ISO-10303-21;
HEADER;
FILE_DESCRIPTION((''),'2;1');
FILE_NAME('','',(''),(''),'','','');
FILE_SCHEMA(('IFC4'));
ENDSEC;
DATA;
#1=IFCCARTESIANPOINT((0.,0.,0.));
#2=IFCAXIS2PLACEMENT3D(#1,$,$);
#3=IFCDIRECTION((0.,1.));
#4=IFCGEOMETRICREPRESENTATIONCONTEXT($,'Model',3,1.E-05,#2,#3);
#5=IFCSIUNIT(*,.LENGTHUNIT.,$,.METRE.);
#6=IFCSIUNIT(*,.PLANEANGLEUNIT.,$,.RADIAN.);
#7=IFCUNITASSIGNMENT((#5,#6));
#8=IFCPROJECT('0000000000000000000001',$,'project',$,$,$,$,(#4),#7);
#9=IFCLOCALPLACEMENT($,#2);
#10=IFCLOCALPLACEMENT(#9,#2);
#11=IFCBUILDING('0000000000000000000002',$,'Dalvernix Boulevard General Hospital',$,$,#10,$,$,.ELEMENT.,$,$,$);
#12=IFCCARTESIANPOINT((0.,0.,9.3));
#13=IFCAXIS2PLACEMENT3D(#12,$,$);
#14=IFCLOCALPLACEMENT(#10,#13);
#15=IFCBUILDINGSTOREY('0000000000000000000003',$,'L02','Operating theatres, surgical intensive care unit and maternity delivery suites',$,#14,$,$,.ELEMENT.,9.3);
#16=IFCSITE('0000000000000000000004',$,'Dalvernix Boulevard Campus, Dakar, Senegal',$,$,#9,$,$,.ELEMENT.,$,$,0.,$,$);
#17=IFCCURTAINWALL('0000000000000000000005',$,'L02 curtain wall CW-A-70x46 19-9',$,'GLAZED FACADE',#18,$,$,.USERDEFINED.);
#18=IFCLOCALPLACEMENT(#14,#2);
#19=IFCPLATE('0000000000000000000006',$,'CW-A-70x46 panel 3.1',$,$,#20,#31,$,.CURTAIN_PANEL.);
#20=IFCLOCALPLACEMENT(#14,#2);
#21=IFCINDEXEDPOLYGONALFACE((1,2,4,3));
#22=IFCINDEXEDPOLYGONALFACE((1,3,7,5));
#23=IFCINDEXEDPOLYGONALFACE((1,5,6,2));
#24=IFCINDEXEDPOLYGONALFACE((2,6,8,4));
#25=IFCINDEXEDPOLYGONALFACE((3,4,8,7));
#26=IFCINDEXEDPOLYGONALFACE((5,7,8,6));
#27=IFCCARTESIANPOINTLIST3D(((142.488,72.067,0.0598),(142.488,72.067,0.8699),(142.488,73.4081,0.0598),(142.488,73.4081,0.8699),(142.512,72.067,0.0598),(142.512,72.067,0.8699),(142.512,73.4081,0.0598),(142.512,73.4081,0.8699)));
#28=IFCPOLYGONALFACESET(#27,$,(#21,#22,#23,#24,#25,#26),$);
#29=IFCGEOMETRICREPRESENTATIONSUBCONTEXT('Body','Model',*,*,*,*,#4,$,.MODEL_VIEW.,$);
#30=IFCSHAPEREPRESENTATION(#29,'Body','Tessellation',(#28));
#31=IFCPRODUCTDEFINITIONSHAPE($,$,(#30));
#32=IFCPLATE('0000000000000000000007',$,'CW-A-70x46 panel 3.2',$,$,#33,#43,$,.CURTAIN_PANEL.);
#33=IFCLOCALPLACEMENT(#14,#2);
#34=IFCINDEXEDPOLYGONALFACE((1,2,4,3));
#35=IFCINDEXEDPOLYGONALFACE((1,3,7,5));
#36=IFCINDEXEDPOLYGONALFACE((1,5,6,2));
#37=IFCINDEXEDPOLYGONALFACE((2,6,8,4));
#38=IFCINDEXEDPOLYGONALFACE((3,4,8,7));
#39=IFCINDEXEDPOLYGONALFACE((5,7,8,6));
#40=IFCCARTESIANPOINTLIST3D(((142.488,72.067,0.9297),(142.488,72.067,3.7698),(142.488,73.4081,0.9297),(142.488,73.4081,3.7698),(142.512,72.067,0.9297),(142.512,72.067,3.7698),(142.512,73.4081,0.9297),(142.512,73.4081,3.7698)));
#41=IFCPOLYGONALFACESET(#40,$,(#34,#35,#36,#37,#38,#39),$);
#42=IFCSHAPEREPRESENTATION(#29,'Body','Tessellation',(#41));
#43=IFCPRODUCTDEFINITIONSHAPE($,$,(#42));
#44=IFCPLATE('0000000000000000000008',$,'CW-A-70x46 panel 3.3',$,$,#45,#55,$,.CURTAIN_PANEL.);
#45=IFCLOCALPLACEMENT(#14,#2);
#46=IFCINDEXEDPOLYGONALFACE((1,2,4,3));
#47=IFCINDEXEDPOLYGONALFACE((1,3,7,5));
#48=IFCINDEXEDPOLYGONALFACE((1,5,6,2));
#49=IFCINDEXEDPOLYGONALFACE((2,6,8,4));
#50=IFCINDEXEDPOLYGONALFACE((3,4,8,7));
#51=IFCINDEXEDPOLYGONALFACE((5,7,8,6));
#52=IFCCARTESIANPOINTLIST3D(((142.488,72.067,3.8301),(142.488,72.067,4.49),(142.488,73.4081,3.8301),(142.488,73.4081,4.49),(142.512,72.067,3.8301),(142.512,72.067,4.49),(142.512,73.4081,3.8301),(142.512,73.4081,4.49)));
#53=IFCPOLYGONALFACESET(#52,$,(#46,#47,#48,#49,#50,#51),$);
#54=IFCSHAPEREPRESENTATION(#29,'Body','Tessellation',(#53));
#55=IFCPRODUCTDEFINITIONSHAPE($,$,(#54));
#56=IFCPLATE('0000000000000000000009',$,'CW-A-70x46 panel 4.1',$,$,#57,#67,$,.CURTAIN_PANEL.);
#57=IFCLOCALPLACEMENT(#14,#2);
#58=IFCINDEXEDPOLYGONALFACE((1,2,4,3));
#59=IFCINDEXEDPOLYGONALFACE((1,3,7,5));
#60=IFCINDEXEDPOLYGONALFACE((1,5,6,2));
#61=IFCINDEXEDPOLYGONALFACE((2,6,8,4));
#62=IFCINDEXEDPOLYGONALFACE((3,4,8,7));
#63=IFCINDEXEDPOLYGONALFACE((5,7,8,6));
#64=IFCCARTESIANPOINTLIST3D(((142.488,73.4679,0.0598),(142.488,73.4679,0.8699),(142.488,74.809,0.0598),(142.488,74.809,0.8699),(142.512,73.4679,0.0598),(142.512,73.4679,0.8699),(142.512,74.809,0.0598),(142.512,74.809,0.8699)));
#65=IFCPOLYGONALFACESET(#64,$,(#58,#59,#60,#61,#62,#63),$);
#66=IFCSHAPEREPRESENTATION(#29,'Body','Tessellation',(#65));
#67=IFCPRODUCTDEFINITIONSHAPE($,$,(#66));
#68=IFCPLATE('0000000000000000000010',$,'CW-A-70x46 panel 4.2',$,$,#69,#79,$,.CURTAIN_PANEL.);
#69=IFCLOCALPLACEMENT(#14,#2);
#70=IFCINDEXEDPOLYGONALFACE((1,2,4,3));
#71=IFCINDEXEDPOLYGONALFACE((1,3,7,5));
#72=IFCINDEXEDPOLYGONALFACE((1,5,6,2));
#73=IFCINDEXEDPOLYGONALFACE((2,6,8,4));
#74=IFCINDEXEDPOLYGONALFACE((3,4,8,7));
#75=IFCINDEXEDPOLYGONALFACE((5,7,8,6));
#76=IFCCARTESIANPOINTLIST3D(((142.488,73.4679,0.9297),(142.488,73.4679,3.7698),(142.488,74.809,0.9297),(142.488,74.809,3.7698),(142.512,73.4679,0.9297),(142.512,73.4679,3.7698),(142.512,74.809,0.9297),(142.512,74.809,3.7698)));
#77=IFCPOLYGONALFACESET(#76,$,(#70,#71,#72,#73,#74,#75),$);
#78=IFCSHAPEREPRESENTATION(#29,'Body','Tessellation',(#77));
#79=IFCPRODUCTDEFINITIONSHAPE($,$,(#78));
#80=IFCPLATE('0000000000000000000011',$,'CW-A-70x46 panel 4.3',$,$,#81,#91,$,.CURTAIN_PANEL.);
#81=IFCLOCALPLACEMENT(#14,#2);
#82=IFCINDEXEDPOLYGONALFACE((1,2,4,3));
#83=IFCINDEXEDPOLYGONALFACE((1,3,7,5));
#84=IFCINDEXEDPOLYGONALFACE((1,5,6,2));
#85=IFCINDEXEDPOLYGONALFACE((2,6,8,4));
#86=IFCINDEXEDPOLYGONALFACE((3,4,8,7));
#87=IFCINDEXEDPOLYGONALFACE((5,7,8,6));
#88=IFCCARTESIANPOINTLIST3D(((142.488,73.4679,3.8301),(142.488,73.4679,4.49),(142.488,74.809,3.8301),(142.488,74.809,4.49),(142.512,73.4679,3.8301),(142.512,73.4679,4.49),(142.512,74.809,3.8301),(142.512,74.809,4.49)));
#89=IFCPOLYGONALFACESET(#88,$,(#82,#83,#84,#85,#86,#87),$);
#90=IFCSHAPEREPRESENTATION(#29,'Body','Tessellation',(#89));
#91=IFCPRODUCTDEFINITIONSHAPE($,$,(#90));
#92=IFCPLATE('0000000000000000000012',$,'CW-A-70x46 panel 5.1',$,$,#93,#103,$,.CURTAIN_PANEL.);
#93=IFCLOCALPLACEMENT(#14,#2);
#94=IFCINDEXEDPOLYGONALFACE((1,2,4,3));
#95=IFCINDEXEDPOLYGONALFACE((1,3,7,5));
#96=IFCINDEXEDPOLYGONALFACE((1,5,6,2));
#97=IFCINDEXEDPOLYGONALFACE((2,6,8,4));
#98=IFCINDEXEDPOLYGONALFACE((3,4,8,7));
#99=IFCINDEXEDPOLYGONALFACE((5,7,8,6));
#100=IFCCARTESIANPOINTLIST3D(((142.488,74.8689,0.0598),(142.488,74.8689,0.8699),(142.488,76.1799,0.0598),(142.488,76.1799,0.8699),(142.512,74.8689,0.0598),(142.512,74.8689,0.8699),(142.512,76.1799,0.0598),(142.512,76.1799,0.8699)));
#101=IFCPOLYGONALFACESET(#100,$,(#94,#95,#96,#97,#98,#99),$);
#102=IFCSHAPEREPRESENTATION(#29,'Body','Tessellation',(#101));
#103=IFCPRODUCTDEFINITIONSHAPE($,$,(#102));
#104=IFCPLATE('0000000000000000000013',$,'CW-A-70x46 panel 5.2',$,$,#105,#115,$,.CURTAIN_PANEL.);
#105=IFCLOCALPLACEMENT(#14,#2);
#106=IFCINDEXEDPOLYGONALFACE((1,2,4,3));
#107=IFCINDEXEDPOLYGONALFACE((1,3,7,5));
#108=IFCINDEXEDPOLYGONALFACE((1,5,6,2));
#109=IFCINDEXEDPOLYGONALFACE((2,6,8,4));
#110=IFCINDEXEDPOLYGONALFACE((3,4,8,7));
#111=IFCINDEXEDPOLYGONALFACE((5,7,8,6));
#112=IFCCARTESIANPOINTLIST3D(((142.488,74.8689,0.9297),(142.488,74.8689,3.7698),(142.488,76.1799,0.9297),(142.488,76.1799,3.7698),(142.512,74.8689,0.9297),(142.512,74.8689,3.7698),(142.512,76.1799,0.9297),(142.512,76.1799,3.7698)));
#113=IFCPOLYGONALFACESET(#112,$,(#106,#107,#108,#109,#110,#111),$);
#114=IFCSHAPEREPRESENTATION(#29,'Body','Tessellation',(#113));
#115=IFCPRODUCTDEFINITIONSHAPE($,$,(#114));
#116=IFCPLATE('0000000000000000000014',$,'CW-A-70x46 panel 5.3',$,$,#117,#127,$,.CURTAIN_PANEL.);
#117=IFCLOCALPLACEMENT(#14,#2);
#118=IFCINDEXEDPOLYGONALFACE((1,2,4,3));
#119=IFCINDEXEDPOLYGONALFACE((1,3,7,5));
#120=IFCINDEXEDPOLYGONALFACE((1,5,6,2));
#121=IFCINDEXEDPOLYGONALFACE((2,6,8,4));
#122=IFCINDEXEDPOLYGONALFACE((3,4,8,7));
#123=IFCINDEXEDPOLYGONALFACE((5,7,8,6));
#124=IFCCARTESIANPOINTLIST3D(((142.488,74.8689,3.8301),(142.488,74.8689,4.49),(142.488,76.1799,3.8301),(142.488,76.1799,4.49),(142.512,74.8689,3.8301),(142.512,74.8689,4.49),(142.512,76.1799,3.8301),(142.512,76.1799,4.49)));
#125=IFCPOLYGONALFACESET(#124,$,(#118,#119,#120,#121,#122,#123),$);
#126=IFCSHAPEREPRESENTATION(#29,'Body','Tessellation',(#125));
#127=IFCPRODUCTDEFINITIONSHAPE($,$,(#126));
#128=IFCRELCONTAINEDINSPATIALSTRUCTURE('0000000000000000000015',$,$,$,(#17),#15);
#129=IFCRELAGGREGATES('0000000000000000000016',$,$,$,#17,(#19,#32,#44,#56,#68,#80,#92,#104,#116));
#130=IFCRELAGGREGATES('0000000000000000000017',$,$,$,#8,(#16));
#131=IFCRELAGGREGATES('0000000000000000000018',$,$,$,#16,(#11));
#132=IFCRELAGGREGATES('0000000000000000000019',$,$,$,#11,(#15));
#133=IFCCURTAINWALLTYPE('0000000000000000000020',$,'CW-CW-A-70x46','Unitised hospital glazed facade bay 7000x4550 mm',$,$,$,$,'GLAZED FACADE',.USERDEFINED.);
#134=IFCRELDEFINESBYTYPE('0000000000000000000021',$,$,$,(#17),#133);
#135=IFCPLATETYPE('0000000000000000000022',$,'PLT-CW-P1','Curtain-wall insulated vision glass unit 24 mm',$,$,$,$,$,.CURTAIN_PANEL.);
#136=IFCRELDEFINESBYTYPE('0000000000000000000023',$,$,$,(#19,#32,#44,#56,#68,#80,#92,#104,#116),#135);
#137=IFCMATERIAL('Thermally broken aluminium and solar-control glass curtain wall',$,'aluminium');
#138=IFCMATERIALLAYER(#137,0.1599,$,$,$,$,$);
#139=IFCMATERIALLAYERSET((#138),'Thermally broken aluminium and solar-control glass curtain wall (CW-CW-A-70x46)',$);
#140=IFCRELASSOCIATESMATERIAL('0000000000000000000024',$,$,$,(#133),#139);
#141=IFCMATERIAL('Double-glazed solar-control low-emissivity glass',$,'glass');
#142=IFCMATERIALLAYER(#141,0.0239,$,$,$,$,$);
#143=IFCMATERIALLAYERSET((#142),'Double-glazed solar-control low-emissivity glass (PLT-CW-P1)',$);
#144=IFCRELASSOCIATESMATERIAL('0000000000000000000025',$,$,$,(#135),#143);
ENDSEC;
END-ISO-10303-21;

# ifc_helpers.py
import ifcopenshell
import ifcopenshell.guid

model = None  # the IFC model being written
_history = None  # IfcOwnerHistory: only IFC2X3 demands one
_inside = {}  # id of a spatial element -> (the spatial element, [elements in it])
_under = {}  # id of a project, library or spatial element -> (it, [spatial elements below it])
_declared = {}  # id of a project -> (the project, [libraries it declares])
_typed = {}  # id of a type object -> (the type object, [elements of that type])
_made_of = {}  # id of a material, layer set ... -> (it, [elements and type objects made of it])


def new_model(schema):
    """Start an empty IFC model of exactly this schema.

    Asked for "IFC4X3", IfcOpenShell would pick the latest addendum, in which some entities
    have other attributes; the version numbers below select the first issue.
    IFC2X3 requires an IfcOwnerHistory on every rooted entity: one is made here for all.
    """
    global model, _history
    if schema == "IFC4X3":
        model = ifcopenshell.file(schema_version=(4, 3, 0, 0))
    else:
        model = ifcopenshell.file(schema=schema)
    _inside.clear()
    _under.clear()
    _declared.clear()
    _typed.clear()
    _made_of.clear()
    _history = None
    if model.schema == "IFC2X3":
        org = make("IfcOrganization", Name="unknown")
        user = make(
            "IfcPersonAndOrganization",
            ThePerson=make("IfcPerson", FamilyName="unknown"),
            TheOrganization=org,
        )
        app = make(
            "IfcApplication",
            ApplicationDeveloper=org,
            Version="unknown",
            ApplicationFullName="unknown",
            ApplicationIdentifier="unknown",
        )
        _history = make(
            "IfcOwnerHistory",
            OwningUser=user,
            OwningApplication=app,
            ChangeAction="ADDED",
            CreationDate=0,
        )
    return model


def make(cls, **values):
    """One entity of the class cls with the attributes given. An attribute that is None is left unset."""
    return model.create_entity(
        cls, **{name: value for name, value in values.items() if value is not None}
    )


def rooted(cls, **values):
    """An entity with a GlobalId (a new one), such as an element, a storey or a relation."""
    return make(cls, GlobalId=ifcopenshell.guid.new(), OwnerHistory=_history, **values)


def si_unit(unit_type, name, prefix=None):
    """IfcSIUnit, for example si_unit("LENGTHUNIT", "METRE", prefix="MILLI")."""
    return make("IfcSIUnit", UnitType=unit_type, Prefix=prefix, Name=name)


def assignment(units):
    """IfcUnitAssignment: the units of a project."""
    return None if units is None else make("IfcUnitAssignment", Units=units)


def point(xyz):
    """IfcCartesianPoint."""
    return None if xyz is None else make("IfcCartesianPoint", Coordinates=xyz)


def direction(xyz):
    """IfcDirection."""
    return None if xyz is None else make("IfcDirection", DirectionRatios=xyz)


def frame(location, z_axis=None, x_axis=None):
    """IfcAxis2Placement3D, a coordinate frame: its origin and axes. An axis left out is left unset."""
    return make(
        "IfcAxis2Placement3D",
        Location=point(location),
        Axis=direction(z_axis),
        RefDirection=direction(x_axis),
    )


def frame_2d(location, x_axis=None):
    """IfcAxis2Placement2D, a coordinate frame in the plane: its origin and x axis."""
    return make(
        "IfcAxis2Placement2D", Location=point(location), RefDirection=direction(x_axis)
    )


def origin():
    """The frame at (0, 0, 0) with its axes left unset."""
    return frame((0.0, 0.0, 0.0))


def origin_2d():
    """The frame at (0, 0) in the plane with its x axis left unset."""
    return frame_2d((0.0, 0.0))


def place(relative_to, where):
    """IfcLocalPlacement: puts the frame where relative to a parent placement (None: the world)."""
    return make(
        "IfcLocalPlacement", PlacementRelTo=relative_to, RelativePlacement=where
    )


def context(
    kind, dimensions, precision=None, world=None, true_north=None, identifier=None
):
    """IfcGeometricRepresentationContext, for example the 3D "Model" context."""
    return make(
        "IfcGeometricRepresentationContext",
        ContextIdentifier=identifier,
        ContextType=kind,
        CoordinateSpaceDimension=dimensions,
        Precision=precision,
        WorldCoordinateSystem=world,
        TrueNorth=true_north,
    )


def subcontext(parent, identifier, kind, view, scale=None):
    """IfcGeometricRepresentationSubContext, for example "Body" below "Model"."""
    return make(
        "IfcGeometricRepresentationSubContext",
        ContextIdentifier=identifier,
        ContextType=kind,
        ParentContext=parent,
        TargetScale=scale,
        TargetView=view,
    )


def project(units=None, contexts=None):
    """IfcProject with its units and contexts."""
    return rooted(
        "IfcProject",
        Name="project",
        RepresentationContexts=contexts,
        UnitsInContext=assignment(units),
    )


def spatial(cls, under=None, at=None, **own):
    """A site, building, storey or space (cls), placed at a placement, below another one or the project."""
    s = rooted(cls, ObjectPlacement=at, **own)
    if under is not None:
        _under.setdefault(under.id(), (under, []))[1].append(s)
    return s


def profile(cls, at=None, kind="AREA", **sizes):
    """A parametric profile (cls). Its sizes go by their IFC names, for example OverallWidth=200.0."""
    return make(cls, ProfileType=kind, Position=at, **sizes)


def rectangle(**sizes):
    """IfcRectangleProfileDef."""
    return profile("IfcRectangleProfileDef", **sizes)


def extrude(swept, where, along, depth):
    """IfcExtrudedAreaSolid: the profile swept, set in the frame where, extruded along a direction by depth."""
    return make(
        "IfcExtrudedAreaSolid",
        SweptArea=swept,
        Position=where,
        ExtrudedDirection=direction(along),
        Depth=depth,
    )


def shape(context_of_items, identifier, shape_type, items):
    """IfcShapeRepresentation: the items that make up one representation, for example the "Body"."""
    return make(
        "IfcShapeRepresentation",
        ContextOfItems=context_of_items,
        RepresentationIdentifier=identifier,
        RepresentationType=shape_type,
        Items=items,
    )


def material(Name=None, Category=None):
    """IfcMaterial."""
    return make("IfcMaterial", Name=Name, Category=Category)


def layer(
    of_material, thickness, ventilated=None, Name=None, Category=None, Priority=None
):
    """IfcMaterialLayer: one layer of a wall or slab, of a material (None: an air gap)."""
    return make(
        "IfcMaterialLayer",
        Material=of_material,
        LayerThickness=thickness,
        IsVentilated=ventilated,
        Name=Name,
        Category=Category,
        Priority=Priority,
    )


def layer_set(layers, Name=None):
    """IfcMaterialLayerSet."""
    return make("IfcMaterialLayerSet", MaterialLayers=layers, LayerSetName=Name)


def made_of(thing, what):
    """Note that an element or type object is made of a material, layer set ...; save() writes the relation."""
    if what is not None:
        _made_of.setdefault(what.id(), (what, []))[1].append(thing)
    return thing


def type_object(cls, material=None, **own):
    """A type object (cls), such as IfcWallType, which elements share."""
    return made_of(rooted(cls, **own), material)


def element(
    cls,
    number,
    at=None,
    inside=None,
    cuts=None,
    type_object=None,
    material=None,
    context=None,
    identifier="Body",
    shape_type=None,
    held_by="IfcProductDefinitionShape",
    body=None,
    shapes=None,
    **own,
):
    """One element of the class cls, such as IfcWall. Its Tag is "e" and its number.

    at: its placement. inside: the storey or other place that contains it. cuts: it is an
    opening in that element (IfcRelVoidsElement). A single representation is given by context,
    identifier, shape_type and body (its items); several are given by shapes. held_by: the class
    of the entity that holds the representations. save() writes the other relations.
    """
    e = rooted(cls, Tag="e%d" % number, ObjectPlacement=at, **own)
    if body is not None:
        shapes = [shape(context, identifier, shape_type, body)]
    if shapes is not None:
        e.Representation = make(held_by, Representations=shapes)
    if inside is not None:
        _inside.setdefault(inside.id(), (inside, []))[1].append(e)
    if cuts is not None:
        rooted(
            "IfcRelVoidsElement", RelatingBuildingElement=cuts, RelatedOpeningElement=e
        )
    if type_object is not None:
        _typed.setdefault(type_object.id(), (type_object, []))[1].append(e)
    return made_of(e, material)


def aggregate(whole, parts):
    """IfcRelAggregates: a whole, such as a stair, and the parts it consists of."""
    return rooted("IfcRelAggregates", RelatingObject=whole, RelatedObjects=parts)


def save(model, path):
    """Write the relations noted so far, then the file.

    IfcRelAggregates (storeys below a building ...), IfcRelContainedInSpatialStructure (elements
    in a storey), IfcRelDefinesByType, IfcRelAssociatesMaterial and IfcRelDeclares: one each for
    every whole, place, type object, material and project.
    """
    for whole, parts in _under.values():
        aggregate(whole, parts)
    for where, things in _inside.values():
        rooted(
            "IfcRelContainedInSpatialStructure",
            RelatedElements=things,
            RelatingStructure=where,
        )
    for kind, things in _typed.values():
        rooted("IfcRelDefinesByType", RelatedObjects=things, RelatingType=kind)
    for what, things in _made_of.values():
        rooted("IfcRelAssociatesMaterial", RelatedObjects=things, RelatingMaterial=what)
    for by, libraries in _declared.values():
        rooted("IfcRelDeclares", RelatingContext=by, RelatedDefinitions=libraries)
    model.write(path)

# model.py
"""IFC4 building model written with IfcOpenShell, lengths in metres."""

from ifc_helpers import new_model, si_unit, direction, frame, origin, origin_2d, place, context, subcontext, project, spatial, rectangle, extrude, material, layer, layer_set, type_object, element, aggregate, save


model = new_model("IFC4")

# Units and contexts
model_context = context("Model", 3, precision=1e-05, world=origin(), true_north=direction((0.0, 1.0)))
body_context = subcontext(model_context, "Body", "Model", "MODEL_VIEW")
ifc_project = project(units=[si_unit("LENGTHUNIT", "METRE"), si_unit("PLANEANGLEUNIT", "RADIAN")], contexts=[model_context])

# Site, building, storey
site_placement = place(None, origin())
site = spatial("IfcSite", under=ifc_project, at=site_placement, Name="Dalvernix Boulevard Campus, Dakar, Senegal", CompositionType="ELEMENT", RefElevation=0.0)
building_placement = place(site_placement, origin())
building = spatial("IfcBuilding", under=site, at=building_placement, Name="Dalvernix Boulevard General Hospital", CompositionType="ELEMENT")
storey_placement = place(building_placement, frame((0.0, 0.0, 9.3)))
storey = spatial("IfcBuildingStorey", under=building, at=storey_placement, Name="L02", Description="Operating theatres, surgical intensive care unit and maternity delivery suites", CompositionType="ELEMENT", Elevation=9.3)

# Curtain wall, plates
ifc_material_1 = material(Name="Thermally broken aluminium and solar-control glass curtain wall", Category="aluminium")
ifc_layer_1 = layer(ifc_material_1, 0.1599)
ifc_layer_set_1 = layer_set([ifc_layer_1], Name="Thermally broken aluminium and solar-control glass curtain wall (CW-CW-A-70x46)")
curtain_wall_type = type_object("IfcCurtainWallType", Name="CW-CW-A-70x46", Description="Unitised hospital glazed facade bay 7000x4550 mm", ElementType="GLAZED FACADE", PredefinedType="USERDEFINED", material=ifc_layer_set_1)
curtain_wall_placement = place(storey_placement, origin())
curtain_wall = element("IfcCurtainWall", 1, at=curtain_wall_placement, inside=storey, type_object=curtain_wall_type, Name="L02 curtain wall CW-A-70x46 19-9", ObjectType="GLAZED FACADE", PredefinedType="USERDEFINED")
ifc_material_2 = material(Name="Double-glazed solar-control low-emissivity glass", Category="glass")
ifc_layer_2 = layer(ifc_material_2, 0.0239)
ifc_layer_set_2 = layer_set([ifc_layer_2], Name="Double-glazed solar-control low-emissivity glass (PLT-CW-P1)")
plate_type = type_object("IfcPlateType", Name="PLT-CW-P1", Description="Curtain-wall insulated vision glass unit 24 mm", PredefinedType="CURTAIN_PANEL", material=ifc_layer_set_2)
plate_1_placement = place(storey_placement, frame((142.5, 72.7375, 0.0598), z_axis=(0.0, 0.0, 1.0), x_axis=(0.0, 1.0, 0.0)))
plate_1 = element("IfcPlate", 2, at=plate_1_placement, type_object=plate_type, Name="CW-A-70x46 panel 3.1", PredefinedType="CURTAIN_PANEL", context=body_context, shape_type="SweptSolid", body=[
    extrude(rectangle(XDim=1.3411, YDim=0.0239, at=origin_2d()), origin(), (0.0, 0.0, 1.0), 0.8101),
])
plate_2_placement = place(storey_placement, frame((142.5, 72.7375, 0.9297), z_axis=(0.0, 0.0, 1.0), x_axis=(0.0, 1.0, 0.0)))
plate_2 = element("IfcPlate", 3, at=plate_2_placement, type_object=plate_type, Name="CW-A-70x46 panel 3.2", PredefinedType="CURTAIN_PANEL", context=body_context, shape_type="SweptSolid", body=[
    extrude(rectangle(XDim=1.3411, YDim=0.0239, at=origin_2d()), origin(), (0.0, 0.0, 1.0), 2.8401),
])
plate_3_placement = place(storey_placement, frame((142.5, 72.7375, 3.8301), z_axis=(0.0, 0.0, 1.0), x_axis=(0.0, 1.0, 0.0)))
plate_3 = element("IfcPlate", 4, at=plate_3_placement, type_object=plate_type, Name="CW-A-70x46 panel 3.3", PredefinedType="CURTAIN_PANEL", context=body_context, shape_type="SweptSolid", body=[
    extrude(rectangle(XDim=1.3411, YDim=0.0239, at=origin_2d()), origin(), (0.0, 0.0, 1.0), 0.6599),
])
plate_4_placement = place(storey_placement, frame((142.5, 74.1384, 0.0598), z_axis=(0.0, 0.0, 1.0), x_axis=(0.0, 1.0, 0.0)))
plate_4 = element("IfcPlate", 5, at=plate_4_placement, type_object=plate_type, Name="CW-A-70x46 panel 4.1", PredefinedType="CURTAIN_PANEL", context=body_context, shape_type="SweptSolid", body=[
    extrude(rectangle(XDim=1.3411, YDim=0.0239, at=origin_2d()), origin(), (0.0, 0.0, 1.0), 0.8101),
])
plate_5_placement = place(storey_placement, frame((142.5, 74.1384, 0.9297), z_axis=(0.0, 0.0, 1.0), x_axis=(0.0, 1.0, 0.0)))
plate_5 = element("IfcPlate", 6, at=plate_5_placement, type_object=plate_type, Name="CW-A-70x46 panel 4.2", PredefinedType="CURTAIN_PANEL", context=body_context, shape_type="SweptSolid", body=[
    extrude(rectangle(XDim=1.3411, YDim=0.0239, at=origin_2d()), origin(), (0.0, 0.0, 1.0), 2.8401),
])
plate_6_placement = place(storey_placement, frame((142.5, 74.1384, 3.8301), z_axis=(0.0, 0.0, 1.0), x_axis=(0.0, 1.0, 0.0)))
plate_6 = element("IfcPlate", 7, at=plate_6_placement, type_object=plate_type, Name="CW-A-70x46 panel 4.3", PredefinedType="CURTAIN_PANEL", context=body_context, shape_type="SweptSolid", body=[
    extrude(rectangle(XDim=1.3411, YDim=0.0239, at=origin_2d()), origin(), (0.0, 0.0, 1.0), 0.6599),
])
plate_7_placement = place(storey_placement, frame((142.5, 75.5244, 0.0598), z_axis=(0.0, 0.0, 1.0), x_axis=(0.0, 1.0, 0.0)))
plate_7 = element("IfcPlate", 8, at=plate_7_placement, type_object=plate_type, Name="CW-A-70x46 panel 5.1", PredefinedType="CURTAIN_PANEL", context=body_context, shape_type="SweptSolid", body=[
    extrude(rectangle(XDim=1.311, YDim=0.0239, at=origin_2d()), origin(), (0.0, 0.0, 1.0), 0.8101),
])
plate_8_placement = place(storey_placement, frame((142.5, 75.5244, 0.9297), z_axis=(0.0, 0.0, 1.0), x_axis=(0.0, 1.0, 0.0)))
plate_8 = element("IfcPlate", 9, at=plate_8_placement, type_object=plate_type, Name="CW-A-70x46 panel 5.2", PredefinedType="CURTAIN_PANEL", context=body_context, shape_type="SweptSolid", body=[
    extrude(rectangle(XDim=1.311, YDim=0.0239, at=origin_2d()), origin(), (0.0, 0.0, 1.0), 2.8401),
])
plate_9_placement = place(storey_placement, frame((142.5, 75.5244, 3.8301), z_axis=(0.0, 0.0, 1.0), x_axis=(0.0, 1.0, 0.0)))
plate_9 = element("IfcPlate", 10, at=plate_9_placement, type_object=plate_type, Name="CW-A-70x46 panel 5.3", PredefinedType="CURTAIN_PANEL", context=body_context, shape_type="SweptSolid", body=[
    extrude(rectangle(XDim=1.311, YDim=0.0239, at=origin_2d()), origin(), (0.0, 0.0, 1.0), 0.6599),
])
aggregate(curtain_wall, [plate_1, plate_2, plate_3, plate_4, plate_5, plate_6, plate_7, plate_8, plate_9])

save(model, "model.ifc")
